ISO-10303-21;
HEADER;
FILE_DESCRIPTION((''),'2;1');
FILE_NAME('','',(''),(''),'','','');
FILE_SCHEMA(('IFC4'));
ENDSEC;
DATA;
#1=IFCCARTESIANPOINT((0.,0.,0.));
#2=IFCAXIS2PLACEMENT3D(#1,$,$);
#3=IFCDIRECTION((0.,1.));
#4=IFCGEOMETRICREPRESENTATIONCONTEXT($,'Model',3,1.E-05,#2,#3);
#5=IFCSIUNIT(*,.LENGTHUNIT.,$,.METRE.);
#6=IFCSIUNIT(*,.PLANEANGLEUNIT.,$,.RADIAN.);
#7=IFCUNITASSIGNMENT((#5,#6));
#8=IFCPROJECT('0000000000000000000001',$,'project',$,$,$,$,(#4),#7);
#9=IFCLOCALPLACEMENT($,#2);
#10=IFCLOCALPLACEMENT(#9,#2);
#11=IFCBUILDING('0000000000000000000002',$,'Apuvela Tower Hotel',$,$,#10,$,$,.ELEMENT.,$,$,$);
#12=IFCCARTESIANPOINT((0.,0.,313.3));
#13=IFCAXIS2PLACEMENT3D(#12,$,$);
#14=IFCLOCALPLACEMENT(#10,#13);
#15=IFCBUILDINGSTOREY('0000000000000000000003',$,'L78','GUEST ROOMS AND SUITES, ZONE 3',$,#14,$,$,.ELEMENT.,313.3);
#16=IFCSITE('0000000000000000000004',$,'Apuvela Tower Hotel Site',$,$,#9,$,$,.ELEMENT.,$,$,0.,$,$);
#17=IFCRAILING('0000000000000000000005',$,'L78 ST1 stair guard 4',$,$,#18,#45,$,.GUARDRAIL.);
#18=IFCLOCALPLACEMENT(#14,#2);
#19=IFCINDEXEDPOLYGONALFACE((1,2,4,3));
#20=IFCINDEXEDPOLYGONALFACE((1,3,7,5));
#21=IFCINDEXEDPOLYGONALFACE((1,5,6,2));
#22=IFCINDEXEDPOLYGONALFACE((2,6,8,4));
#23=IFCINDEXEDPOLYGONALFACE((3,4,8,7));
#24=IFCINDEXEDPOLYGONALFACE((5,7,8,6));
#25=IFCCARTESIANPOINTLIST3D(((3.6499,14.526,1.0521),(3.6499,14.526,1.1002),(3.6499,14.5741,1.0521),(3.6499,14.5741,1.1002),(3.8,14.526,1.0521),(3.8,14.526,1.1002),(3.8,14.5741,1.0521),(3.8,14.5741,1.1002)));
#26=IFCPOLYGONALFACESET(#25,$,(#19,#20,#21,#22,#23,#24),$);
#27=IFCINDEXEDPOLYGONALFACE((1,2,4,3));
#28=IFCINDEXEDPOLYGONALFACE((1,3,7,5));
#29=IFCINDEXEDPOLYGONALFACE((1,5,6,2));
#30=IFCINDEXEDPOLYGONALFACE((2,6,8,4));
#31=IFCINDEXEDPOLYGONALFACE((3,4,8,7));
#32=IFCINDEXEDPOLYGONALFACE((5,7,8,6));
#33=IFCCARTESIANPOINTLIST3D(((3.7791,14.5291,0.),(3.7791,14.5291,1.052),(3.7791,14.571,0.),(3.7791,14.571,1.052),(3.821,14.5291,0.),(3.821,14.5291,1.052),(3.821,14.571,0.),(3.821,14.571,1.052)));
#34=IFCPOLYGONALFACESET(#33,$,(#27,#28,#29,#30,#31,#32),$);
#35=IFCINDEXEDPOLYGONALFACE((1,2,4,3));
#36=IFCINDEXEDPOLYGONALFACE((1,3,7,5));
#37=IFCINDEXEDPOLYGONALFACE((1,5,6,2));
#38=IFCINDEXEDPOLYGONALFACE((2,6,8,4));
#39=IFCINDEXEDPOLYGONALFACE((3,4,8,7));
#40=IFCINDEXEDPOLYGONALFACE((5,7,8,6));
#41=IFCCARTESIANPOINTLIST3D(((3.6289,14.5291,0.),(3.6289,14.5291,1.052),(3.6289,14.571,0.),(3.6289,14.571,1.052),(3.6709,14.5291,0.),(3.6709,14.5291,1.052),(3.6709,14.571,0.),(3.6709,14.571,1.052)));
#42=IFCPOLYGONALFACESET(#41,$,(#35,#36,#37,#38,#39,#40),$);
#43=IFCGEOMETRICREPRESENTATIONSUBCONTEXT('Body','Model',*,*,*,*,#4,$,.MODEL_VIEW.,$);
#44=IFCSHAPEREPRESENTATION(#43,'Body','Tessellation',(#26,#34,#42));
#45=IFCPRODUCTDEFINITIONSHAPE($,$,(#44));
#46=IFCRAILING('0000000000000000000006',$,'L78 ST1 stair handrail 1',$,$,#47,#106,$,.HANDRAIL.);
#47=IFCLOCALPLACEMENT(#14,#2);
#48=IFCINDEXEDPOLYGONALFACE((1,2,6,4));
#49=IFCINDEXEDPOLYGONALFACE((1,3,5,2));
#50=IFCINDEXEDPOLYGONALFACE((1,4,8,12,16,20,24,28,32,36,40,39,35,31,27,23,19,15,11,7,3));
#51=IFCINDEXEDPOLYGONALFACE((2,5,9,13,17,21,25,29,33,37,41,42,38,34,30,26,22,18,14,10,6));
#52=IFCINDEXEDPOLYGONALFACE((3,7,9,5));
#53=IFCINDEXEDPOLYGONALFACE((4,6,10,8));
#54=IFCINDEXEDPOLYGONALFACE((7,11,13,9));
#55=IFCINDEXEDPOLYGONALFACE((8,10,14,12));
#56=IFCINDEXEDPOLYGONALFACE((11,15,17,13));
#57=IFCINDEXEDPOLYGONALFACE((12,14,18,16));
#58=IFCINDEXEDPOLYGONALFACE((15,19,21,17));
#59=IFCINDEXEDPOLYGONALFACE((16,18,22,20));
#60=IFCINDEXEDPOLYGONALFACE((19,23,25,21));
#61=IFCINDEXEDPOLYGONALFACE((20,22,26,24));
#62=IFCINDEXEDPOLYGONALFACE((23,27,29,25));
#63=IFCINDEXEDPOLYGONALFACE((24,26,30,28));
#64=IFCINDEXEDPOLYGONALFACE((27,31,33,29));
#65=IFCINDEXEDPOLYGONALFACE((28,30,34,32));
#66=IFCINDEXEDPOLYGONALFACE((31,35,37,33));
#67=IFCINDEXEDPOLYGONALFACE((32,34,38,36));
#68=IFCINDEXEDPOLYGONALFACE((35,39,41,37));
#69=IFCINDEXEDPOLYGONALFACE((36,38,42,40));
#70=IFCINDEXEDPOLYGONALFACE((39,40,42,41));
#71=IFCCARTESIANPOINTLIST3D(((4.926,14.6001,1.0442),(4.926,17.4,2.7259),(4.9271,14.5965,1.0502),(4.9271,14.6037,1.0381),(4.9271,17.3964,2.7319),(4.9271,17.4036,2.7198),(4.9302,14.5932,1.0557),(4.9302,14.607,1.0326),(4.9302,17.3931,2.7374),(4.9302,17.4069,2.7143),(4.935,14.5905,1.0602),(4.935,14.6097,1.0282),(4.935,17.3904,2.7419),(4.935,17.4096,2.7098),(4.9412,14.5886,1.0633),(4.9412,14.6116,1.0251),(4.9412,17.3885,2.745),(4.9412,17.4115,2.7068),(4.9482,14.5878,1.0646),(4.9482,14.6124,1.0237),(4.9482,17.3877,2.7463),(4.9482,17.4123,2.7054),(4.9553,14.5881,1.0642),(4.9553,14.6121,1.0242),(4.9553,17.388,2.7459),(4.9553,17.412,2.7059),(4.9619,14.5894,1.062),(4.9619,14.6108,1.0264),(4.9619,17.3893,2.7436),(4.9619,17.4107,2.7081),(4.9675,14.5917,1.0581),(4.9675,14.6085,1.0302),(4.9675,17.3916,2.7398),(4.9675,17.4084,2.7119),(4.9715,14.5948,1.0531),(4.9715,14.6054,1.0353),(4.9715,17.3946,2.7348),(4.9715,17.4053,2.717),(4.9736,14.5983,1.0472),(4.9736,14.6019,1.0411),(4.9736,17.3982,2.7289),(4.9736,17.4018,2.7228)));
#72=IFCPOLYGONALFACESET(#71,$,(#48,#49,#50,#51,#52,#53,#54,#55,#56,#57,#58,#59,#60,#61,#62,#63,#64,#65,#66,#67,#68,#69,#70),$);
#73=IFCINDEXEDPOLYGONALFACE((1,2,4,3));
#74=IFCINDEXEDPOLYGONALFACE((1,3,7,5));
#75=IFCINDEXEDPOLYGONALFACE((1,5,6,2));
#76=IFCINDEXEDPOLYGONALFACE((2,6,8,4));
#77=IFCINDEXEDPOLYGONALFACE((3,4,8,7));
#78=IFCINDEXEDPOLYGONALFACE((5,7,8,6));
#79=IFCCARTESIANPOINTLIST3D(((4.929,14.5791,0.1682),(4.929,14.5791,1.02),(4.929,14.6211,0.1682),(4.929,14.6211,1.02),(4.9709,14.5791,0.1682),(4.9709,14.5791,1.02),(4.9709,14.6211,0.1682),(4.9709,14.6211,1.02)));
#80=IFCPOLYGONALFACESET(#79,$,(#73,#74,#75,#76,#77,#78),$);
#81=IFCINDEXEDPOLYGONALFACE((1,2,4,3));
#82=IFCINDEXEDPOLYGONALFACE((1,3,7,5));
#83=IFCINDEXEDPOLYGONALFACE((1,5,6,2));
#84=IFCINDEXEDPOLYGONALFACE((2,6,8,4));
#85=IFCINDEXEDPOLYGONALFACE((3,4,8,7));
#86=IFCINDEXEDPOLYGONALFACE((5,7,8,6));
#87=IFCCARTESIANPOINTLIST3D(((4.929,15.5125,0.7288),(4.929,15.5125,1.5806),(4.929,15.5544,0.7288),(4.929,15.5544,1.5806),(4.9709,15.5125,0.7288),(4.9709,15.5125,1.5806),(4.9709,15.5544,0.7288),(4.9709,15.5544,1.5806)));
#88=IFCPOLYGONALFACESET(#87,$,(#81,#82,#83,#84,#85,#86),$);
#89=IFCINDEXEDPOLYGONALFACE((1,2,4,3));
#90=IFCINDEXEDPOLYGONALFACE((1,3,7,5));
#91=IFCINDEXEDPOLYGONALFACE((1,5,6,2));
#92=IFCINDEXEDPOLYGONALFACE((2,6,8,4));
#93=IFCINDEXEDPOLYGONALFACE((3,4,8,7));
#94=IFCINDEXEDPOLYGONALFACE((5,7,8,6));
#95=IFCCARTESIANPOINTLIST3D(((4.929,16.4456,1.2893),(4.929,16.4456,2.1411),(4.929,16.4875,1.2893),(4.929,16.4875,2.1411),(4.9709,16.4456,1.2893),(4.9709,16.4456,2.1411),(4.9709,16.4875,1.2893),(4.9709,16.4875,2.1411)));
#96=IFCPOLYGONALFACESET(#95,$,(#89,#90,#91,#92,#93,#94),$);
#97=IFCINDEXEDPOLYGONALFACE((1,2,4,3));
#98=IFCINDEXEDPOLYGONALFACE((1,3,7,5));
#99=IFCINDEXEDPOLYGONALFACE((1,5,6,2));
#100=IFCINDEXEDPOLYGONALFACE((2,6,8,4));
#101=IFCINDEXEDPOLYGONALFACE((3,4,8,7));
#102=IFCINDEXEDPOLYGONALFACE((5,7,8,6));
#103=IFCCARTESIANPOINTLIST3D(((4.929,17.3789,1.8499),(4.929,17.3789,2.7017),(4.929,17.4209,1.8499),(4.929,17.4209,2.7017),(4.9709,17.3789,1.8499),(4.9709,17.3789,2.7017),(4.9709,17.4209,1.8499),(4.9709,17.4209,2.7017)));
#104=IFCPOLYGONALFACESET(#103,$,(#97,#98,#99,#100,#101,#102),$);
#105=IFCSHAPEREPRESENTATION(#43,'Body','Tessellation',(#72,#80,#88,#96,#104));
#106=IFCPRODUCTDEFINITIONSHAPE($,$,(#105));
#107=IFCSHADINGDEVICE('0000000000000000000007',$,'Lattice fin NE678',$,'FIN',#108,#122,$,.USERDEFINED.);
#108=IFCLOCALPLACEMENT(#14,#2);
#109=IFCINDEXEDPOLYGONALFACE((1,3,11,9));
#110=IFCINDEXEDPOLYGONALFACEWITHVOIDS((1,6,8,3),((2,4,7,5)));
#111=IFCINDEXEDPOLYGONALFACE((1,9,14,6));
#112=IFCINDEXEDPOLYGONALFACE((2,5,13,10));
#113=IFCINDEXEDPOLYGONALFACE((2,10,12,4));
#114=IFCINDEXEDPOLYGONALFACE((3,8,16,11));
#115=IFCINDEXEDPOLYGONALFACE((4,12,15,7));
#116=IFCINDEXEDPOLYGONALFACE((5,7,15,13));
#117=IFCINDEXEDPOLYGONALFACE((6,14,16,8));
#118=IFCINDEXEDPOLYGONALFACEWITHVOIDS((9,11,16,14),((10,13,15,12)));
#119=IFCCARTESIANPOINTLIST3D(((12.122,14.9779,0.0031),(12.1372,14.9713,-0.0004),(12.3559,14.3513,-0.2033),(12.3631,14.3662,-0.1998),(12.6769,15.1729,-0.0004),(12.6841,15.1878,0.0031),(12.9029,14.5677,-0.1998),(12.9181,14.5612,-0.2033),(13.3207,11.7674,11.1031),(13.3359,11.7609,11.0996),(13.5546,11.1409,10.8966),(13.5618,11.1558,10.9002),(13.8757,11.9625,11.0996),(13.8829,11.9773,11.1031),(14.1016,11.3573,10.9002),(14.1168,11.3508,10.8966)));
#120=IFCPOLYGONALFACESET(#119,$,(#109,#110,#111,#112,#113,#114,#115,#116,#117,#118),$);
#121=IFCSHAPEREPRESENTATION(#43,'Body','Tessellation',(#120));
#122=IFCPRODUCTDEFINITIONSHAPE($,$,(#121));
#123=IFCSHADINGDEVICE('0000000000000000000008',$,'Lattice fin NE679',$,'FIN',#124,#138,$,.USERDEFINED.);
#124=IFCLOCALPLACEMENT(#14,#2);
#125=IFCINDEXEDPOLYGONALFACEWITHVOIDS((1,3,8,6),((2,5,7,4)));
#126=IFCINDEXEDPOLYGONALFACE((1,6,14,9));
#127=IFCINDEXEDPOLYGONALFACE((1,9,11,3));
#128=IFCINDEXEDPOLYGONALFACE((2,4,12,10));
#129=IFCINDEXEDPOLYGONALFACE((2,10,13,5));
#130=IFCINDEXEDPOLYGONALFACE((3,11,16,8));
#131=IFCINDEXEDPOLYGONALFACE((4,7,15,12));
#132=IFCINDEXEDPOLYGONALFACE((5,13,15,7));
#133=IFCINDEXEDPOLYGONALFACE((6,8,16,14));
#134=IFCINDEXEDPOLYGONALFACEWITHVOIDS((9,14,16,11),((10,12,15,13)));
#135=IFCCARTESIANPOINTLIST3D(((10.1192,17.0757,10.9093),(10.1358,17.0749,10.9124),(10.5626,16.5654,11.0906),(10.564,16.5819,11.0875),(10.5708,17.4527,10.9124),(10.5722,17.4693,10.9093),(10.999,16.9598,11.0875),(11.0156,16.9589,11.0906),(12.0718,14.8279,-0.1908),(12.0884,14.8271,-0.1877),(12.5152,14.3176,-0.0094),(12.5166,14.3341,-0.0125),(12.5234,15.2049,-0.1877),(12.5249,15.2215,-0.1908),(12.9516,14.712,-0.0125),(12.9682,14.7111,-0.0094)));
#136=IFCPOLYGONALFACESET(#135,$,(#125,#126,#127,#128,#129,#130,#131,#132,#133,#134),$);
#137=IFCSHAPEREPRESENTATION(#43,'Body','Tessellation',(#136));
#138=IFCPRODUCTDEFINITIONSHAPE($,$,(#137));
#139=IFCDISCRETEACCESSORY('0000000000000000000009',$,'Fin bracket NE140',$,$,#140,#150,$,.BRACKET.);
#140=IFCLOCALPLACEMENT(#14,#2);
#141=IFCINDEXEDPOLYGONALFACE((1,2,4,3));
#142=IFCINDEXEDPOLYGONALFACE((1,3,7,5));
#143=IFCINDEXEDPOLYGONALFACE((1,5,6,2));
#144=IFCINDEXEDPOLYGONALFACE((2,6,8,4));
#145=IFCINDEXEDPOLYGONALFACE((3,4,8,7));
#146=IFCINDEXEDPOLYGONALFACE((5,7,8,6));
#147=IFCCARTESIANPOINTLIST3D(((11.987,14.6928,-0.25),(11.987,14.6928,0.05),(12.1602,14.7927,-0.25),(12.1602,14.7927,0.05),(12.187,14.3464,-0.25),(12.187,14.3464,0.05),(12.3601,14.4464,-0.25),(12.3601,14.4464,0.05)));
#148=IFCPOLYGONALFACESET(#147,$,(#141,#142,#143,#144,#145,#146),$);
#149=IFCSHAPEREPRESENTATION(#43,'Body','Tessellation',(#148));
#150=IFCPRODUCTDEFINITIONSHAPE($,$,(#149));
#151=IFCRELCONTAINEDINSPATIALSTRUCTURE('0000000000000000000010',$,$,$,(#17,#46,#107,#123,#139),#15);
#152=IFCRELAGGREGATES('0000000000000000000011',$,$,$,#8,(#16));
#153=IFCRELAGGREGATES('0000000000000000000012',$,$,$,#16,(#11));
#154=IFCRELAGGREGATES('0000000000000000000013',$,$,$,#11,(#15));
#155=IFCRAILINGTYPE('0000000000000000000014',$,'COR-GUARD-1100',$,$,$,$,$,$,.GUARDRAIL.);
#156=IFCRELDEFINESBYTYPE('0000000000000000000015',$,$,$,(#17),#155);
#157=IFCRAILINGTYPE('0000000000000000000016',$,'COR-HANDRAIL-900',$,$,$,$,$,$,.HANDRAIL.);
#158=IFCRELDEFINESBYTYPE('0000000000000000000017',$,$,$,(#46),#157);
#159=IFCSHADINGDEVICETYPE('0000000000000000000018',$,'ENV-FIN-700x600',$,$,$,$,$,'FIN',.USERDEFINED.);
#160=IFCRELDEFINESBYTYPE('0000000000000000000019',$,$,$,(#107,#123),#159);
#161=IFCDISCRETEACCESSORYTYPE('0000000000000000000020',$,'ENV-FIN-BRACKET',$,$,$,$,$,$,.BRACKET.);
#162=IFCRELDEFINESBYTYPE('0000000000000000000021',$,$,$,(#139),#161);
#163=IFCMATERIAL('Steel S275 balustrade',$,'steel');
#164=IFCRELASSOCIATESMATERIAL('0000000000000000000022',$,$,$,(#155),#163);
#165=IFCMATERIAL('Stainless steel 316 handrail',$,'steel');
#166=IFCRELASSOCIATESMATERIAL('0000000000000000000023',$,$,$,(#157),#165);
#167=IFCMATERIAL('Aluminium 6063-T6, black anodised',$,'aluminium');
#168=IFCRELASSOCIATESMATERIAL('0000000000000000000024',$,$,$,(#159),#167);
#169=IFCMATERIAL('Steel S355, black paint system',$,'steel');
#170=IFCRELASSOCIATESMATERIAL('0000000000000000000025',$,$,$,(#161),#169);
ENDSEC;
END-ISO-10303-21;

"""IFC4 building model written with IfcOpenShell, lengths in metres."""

from ifc_helpers import new_model, si_unit, direction, frame, origin, origin_2d, place, context, subcontext, project, spatial, rectangle, hollow_rectangle, circle, extrude, material, material_profile, profile_set, type_object, element, save


model = new_model("IFC4")

# Units and contexts
model_context = context("Model", 3, precision=1e-05, world=origin(), true_north=direction((0.0, 1.0)))
body_context = subcontext(model_context, "Body", "Model", "MODEL_VIEW")
ifc_project = project(units=[si_unit("LENGTHUNIT", "METRE"), si_unit("PLANEANGLEUNIT", "RADIAN")], contexts=[model_context])

# Site, building, storey
site_placement = place(None, origin())
site = spatial("IfcSite", under=ifc_project, at=site_placement, Name="Apuvela Tower Hotel Site", CompositionType="ELEMENT", RefElevation=0.0)
building_placement = place(site_placement, origin())
building = spatial("IfcBuilding", under=site, at=building_placement, Name="Apuvela Tower Hotel", CompositionType="ELEMENT")
storey_placement = place(building_placement, frame((0.0, 0.0, 313.3)))
storey = spatial("IfcBuildingStorey", under=building, at=storey_placement, Name="L78", Description="GUEST ROOMS AND SUITES, ZONE 3", CompositionType="ELEMENT", Elevation=313.3)

# Railings
ifc_material_1 = material(Name="Steel S275 balustrade", Category="steel")
railing_type_1 = type_object("IfcRailingType", Name="COR-GUARD-1100", PredefinedType="GUARDRAIL", material=ifc_material_1)
railing_1_placement = place(storey_placement, frame((3.8, 14.55, 0.0)))
element("IfcRailing", 1, at=railing_1_placement, inside=storey, type_object=railing_type_1, Name="L78 ST1 stair guard 4", PredefinedType="GUARDRAIL", context=body_context, shape_type="SweptSolid", body=[
    extrude(rectangle(XDim=0.0481, YDim=0.0481, at=origin_2d()), frame((0.0, 0.0, 1.0762), z_axis=(-1.0, 0.0, 0.0), x_axis=(0.0, -1.0, 0.0)), (0.0, 0.0, 1.0), 0.1501),
    extrude(rectangle(XDim=0.042, YDim=0.042, at=origin_2d()), origin(), (0.0, 0.0, 1.0), 1.052),
    extrude(rectangle(XDim=0.042, YDim=0.042, at=origin_2d()), frame((-0.1501, 0.0, 0.0)), (0.0, 0.0, 1.0), 1.052),
])
ifc_material_2 = material(Name="Stainless steel 316 handrail", Category="steel")
railing_type_2 = type_object("IfcRailingType", Name="COR-HANDRAIL-900", PredefinedType="HANDRAIL", material=ifc_material_2)
railing_2_placement = place(storey_placement, frame((4.95, 14.6001, 0.1682)))
element("IfcRailing", 2, at=railing_2_placement, inside=storey, type_object=railing_type_2, Name="L78 ST1 stair handrail 1", PredefinedType="HANDRAIL", context=body_context, shape_type="SweptSolid", body=[
    extrude(circle(Radius=0.0239, at=origin_2d()), frame((0.0, 0.0, 0.876), z_axis=(0.0, 0.857255, 0.514891), x_axis=(-1.0, 0.0, 0.0)), (0.0, 0.0, 1.0), 3.2661),
    extrude(rectangle(XDim=0.042, YDim=0.042, at=origin_2d()), origin(), (0.0, 0.0, 1.0), 0.8518),
    extrude(rectangle(XDim=0.042, YDim=0.042, at=origin_2d()), frame((0.0, 0.9333, 0.5605)), (0.0, 0.0, 1.0), 0.8518),
    extrude(rectangle(XDim=0.042, YDim=0.042, at=origin_2d()), frame((0.0, 1.8665, 1.1211)), (0.0, 0.0, 1.0), 0.8518),
    extrude(rectangle(XDim=0.042, YDim=0.042, at=origin_2d()), frame((0.0, 2.7998, 1.6816)), (0.0, 0.0, 1.0), 0.8518),
])

# Shading devices
ifc_material_3 = material(Name="Aluminium 6063-T6, black anodised", Category="aluminium")
ifc_material_profile_1 = material_profile(ifc_material_3, hollow_rectangle(XDim=0.6001, YDim=0.7, WallThickness=0.012, at=origin_2d()), Name="AL BOX 700x600x12")
ifc_profile_set_1 = profile_set([ifc_material_profile_1], Name="Aluminium 6063-T6, black anodised")
shading_device_type = type_object("IfcShadingDeviceType", Name="ENV-FIN-700x600", ElementType="FIN", PredefinedType="USERDEFINED", material=ifc_profile_set_1)
shading_device_1_placement = place(storey_placement, frame((12.52, 14.7695, -0.1001), z_axis=(0.103187, -0.276356, 0.9555), x_axis=(0.936826, 0.349796, 0.0)))
element("IfcShadingDevice", 3, at=shading_device_1_placement, inside=storey, type_object=shading_device_type, Name="Lattice fin NE678", ObjectType="FIN", PredefinedType="USERDEFINED", context=body_context, shape_type="SweptSolid", body=[
    extrude(hollow_rectangle(XDim=0.6001, YDim=0.7, WallThickness=0.012, at=origin_2d()), origin(), (0.0, 0.0, 1.0), 11.6169),
])
shading_device_2_placement = place(storey_placement, frame((12.52, 14.7695, -0.1001), z_axis=(-0.169905, 0.195589, 0.965856), x_axis=(-0.754934, -0.655801, 0.0)))
element("IfcShadingDevice", 4, at=shading_device_2_placement, inside=storey, type_object=shading_device_type, Name="Lattice fin NE679", ObjectType="FIN", PredefinedType="USERDEFINED", context=body_context, shape_type="SweptSolid", body=[
    extrude(hollow_rectangle(XDim=0.6001, YDim=0.7, WallThickness=0.012, at=origin_2d()), origin(), (0.0, 0.0, 1.0), 11.4924),
])

# Discrete accessory
ifc_material_4 = material(Name="Steel S355, black paint system", Category="steel")
discrete_accessory_type = type_object("IfcDiscreteAccessoryType", Name="ENV-FIN-BRACKET", PredefinedType="BRACKET", material=ifc_material_4)
discrete_accessory_placement = place(storey_placement, frame((12.1736, 14.5696, -0.25), z_axis=(0.0, 0.0, 1.0), x_axis=(-0.5, 0.866025, 0.0)))
element("IfcDiscreteAccessory", 5, at=discrete_accessory_placement, inside=storey, type_object=discrete_accessory_type, Name="Fin bracket NE140", PredefinedType="BRACKET", context=body_context, shape_type="SweptSolid", body=[
    extrude(rectangle(XDim=0.3999, YDim=0.2, at=origin_2d()), origin(), (0.0, 0.0, 1.0), 0.3),
])

save(model, "model.ifc")
